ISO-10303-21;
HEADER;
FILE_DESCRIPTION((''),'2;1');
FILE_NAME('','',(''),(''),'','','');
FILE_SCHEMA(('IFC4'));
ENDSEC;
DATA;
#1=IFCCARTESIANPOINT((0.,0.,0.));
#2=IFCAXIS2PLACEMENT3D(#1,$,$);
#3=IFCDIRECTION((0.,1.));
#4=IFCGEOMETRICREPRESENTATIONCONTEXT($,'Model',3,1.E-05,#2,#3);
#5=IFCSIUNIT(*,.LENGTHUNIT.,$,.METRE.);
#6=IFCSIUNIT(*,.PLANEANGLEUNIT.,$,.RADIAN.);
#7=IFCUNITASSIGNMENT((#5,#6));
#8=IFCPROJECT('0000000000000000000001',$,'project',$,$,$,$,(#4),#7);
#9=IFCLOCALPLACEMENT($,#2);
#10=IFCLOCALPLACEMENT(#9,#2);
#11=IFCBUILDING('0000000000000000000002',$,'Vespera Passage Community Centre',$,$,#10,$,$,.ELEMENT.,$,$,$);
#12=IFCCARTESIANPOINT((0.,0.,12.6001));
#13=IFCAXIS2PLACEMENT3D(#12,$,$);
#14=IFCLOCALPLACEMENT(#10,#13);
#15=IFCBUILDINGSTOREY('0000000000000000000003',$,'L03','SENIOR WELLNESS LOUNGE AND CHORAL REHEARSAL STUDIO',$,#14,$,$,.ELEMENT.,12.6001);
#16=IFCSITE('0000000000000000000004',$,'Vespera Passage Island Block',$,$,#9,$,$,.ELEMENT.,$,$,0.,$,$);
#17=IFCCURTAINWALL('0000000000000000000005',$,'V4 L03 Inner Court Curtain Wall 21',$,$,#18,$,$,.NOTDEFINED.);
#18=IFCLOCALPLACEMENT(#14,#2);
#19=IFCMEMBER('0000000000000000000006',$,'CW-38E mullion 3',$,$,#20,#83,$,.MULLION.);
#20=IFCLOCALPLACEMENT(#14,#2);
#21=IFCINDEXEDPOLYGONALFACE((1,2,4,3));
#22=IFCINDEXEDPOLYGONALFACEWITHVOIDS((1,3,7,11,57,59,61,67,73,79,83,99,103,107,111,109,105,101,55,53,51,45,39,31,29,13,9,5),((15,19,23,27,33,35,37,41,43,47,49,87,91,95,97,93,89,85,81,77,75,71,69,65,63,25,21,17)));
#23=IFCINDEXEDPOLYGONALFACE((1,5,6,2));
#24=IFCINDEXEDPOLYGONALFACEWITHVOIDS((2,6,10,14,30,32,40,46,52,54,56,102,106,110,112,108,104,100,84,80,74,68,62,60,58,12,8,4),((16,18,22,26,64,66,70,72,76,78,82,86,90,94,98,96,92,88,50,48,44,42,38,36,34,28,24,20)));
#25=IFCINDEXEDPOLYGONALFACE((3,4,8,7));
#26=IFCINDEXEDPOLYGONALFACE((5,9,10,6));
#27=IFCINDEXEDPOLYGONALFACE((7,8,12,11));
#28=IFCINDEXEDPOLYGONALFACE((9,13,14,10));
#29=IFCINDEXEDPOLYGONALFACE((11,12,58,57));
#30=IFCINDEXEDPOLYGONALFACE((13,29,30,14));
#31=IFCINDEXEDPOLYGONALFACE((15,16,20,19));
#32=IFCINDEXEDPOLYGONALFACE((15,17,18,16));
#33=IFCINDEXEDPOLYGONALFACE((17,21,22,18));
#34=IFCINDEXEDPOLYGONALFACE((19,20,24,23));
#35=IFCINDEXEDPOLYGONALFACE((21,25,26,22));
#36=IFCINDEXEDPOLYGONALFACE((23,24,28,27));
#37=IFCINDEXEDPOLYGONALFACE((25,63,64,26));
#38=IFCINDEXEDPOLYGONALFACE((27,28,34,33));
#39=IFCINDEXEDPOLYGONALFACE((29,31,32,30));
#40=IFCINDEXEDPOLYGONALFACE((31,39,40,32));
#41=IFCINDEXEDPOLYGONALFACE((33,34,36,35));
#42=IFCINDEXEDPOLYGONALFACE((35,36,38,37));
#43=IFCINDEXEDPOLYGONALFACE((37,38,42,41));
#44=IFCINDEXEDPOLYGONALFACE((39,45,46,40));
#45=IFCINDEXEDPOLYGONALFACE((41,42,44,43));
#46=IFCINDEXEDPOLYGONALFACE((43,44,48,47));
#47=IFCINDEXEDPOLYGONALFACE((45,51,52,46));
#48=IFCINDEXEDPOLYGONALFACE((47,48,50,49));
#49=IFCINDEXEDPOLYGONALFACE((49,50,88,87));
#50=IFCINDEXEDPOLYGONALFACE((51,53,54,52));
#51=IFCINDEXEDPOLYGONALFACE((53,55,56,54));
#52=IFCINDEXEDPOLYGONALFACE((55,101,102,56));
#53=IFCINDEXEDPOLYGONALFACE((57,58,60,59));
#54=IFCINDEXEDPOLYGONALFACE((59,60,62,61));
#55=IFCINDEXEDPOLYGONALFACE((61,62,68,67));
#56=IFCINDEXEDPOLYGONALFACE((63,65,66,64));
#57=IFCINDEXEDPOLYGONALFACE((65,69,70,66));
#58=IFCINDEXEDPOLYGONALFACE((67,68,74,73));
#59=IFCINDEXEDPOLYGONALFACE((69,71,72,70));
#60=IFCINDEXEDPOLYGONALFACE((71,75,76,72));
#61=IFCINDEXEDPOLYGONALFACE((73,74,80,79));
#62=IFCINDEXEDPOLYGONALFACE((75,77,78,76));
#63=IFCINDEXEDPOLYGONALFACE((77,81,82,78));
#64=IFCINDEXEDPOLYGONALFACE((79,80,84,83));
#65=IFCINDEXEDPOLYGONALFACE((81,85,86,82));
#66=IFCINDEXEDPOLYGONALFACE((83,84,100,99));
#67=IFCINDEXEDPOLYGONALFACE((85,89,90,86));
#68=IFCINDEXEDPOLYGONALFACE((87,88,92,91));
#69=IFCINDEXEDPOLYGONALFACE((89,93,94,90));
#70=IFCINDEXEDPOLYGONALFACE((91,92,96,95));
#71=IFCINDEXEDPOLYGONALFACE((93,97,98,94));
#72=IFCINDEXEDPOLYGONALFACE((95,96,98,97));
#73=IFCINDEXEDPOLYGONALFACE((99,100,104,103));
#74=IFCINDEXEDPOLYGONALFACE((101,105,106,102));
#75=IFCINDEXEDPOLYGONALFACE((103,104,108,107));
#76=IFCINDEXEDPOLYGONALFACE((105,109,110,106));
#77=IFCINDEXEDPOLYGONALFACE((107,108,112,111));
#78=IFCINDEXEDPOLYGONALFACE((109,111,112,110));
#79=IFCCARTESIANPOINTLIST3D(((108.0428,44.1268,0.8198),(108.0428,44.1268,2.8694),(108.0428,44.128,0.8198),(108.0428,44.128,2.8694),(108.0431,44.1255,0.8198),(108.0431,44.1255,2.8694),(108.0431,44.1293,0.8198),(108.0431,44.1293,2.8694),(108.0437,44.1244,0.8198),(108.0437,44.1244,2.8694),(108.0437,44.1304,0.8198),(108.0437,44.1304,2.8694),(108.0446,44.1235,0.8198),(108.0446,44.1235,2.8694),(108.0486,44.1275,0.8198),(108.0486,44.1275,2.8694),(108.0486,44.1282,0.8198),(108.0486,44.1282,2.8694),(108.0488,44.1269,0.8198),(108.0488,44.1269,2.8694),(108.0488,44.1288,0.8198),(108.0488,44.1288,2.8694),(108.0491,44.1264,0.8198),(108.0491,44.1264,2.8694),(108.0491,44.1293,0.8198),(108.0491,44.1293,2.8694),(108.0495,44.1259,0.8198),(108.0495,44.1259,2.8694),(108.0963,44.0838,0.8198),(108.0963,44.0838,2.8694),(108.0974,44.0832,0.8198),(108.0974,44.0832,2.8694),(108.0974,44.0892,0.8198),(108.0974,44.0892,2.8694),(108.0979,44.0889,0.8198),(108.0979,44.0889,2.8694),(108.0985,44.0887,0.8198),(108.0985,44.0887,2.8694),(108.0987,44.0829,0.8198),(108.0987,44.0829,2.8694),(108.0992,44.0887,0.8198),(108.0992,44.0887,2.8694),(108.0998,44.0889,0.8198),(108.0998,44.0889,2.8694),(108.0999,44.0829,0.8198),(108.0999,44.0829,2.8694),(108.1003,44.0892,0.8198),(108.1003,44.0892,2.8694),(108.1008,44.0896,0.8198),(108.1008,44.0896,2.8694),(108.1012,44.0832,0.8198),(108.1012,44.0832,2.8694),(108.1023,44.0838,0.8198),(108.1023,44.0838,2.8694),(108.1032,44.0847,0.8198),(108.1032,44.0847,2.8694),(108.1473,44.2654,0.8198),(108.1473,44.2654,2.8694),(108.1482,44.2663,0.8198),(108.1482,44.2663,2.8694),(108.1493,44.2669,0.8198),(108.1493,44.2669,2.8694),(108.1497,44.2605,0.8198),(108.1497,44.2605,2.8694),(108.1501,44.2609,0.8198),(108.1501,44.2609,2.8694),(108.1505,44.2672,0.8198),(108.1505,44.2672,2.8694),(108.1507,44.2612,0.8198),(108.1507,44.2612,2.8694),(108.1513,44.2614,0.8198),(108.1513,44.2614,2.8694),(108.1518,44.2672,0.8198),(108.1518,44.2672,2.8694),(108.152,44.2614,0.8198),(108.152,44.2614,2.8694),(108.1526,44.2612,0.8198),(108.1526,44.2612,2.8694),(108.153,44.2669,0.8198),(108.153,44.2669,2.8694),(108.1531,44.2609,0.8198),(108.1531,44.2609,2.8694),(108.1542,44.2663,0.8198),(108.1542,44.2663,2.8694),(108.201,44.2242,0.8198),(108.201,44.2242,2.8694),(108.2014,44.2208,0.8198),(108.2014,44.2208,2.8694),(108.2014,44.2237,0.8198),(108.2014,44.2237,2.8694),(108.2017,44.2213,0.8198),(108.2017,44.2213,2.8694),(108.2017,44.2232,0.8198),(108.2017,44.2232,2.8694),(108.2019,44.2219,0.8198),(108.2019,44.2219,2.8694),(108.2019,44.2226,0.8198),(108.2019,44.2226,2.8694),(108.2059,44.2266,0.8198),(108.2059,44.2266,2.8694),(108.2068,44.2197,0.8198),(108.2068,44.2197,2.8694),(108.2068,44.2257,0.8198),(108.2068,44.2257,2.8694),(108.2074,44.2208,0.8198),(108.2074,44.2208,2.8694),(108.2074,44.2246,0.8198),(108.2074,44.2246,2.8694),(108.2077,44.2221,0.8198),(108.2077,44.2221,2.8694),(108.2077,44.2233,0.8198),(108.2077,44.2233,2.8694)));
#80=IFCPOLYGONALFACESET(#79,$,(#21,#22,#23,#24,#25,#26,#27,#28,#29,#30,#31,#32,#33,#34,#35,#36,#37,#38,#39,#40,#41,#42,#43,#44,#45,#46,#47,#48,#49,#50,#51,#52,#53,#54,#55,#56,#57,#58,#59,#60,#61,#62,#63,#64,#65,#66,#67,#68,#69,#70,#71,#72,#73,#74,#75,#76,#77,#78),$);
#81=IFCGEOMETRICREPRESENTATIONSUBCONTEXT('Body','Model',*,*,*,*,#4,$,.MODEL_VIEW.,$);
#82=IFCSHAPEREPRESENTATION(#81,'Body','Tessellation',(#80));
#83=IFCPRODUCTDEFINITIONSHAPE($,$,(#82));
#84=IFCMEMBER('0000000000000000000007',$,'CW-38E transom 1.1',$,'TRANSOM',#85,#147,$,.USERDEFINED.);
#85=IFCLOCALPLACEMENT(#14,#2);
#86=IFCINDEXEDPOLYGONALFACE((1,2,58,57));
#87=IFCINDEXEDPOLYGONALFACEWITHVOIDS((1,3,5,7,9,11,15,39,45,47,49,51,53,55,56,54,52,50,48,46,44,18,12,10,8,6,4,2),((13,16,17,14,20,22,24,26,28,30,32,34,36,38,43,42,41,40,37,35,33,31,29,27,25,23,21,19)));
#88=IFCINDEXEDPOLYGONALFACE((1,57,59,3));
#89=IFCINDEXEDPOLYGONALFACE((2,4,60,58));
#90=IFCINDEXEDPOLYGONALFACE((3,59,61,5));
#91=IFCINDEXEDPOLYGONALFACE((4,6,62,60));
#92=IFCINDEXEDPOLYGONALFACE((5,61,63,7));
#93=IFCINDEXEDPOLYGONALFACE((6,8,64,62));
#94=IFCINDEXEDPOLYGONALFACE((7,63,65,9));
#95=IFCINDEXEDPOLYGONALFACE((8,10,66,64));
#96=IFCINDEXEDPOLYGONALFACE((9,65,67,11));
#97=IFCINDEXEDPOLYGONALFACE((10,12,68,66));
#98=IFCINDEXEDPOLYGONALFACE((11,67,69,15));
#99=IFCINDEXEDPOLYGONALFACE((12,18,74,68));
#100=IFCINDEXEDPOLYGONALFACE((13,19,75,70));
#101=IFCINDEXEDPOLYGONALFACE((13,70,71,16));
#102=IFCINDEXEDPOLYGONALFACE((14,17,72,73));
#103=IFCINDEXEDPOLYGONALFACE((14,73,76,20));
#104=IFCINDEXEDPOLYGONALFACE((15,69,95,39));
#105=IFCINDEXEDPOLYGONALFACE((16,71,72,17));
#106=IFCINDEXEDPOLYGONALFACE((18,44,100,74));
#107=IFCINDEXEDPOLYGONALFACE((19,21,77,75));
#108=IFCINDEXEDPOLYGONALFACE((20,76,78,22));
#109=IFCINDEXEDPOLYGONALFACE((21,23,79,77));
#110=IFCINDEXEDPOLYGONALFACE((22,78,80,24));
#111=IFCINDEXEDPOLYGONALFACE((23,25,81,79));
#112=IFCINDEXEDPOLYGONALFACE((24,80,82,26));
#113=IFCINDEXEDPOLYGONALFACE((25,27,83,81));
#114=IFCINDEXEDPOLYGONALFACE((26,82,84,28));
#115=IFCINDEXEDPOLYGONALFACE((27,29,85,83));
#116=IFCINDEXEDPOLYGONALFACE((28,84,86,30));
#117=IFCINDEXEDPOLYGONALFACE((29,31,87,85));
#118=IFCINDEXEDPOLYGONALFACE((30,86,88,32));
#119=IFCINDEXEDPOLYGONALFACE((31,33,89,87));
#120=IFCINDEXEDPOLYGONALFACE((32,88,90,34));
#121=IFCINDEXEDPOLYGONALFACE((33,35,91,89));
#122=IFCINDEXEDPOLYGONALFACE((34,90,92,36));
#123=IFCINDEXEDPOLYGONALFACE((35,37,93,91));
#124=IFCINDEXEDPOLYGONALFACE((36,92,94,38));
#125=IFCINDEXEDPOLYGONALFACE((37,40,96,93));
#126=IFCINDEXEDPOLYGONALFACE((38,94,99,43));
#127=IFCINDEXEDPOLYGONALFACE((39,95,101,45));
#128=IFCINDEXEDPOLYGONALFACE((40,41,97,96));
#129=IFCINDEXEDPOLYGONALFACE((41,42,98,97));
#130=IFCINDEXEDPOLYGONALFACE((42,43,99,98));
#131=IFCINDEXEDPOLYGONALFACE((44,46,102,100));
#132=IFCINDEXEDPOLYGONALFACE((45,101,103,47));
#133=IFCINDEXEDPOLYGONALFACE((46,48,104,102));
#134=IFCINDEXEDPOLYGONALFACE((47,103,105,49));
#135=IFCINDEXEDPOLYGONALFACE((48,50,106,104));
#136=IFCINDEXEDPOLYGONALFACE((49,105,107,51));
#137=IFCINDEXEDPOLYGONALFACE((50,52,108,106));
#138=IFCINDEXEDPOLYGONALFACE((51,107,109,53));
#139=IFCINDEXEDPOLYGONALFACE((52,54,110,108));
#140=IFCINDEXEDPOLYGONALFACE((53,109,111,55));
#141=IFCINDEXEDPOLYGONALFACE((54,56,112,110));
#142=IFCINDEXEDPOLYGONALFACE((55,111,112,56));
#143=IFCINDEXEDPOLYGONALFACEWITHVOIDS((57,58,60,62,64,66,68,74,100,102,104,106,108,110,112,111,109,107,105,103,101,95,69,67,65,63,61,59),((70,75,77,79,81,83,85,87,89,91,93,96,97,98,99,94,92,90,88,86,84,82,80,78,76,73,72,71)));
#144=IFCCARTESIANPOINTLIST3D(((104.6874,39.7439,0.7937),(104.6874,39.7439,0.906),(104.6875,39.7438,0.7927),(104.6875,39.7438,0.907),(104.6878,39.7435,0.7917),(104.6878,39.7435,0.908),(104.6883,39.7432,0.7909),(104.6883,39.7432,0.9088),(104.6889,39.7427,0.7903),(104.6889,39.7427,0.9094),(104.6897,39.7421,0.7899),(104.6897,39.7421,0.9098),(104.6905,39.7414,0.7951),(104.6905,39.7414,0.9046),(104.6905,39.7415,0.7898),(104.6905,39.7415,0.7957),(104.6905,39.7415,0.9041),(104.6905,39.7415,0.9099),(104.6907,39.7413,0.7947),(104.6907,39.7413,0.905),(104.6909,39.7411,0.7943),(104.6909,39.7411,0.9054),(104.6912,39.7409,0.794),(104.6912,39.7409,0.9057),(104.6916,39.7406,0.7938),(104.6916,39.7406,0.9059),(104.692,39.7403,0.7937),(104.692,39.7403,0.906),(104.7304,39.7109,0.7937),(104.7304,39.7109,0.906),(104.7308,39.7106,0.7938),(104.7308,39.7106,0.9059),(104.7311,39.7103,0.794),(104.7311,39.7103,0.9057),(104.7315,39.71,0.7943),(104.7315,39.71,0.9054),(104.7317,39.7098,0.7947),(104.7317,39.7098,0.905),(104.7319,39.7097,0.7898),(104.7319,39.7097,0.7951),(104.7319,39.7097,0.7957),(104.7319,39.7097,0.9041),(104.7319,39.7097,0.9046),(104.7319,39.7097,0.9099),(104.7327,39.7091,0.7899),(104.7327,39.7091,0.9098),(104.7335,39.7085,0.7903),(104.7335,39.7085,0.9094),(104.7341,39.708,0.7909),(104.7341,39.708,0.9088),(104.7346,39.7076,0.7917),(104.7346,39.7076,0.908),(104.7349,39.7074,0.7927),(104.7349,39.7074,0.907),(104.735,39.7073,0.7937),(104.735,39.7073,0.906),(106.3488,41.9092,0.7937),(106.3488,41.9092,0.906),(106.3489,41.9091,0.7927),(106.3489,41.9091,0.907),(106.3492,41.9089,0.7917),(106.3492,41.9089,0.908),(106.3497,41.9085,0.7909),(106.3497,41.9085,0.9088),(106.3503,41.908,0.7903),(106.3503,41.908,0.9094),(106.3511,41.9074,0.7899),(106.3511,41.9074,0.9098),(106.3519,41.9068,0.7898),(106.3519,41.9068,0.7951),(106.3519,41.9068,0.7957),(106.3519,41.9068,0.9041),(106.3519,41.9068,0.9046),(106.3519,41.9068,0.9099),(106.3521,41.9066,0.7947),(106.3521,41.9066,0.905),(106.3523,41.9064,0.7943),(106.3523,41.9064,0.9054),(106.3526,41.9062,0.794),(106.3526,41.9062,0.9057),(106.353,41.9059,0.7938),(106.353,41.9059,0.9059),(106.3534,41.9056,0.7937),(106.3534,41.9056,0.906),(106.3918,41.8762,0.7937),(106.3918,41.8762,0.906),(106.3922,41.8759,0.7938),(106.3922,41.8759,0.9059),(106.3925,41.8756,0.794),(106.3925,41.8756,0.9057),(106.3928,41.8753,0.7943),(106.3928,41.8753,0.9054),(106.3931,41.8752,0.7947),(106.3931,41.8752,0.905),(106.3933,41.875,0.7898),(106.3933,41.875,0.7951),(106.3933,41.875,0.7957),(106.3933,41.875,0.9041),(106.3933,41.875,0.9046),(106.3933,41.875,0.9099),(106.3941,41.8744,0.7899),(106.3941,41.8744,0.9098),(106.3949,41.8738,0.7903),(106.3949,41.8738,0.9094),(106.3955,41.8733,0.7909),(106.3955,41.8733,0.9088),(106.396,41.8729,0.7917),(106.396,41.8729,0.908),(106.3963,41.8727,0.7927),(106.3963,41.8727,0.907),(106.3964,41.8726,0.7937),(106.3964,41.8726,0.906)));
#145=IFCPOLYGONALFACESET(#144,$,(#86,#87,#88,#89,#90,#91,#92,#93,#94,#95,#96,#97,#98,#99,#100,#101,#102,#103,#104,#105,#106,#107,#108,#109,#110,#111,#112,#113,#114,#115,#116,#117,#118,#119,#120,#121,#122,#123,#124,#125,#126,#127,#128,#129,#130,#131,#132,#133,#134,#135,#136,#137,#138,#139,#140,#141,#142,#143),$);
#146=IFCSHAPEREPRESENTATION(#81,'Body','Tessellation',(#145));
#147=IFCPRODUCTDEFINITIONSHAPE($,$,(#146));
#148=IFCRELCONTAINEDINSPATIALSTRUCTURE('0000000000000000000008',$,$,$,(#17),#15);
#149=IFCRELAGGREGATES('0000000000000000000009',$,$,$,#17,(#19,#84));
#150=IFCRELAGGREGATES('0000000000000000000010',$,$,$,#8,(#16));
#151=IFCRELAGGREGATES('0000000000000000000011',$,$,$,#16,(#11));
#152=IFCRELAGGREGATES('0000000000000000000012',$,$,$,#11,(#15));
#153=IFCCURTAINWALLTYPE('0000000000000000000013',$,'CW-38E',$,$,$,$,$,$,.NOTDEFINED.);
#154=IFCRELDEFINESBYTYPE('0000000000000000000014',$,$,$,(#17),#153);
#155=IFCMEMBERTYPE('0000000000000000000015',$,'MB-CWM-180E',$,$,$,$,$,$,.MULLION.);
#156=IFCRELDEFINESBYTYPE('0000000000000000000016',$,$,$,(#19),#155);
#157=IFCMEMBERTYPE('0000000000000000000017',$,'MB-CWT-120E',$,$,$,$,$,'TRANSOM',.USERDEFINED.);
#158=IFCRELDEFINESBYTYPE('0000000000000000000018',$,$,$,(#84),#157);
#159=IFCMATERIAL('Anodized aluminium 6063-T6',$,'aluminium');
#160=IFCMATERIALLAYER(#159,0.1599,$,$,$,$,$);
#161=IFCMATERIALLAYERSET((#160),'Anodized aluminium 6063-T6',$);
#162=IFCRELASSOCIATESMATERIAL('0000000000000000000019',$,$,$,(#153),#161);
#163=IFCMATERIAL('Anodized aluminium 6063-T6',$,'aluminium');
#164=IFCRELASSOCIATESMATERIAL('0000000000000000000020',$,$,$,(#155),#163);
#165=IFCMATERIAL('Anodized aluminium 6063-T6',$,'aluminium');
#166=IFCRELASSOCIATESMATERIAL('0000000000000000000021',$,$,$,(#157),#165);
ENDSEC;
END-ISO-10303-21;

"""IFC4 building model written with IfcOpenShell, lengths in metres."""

from ifc_helpers import new_model, si_unit, direction, frame, origin, origin_2d, place, context, subcontext, project, spatial, hollow_rectangle, extrude, material, layer, layer_set, material_profile, profile_set, type_object, element, aggregate, save


model = new_model("IFC4")

# Units and contexts
model_context = context("Model", 3, precision=1e-05, world=origin(), true_north=direction((0.0, 1.0)))
body_context = subcontext(model_context, "Body", "Model", "MODEL_VIEW")
ifc_project = project(units=[si_unit("LENGTHUNIT", "METRE"), si_unit("PLANEANGLEUNIT", "RADIAN")], contexts=[model_context])

# Site, building, storey
site_placement = place(None, origin())
site = spatial("IfcSite", under=ifc_project, at=site_placement, Name="Vespera Passage Island Block", CompositionType="ELEMENT", RefElevation=0.0)
building_placement = place(site_placement, origin())
building = spatial("IfcBuilding", under=site, at=building_placement, Name="Vespera Passage Community Centre", CompositionType="ELEMENT")
storey_placement = place(building_placement, frame((0.0, 0.0, 12.6001)))
storey = spatial("IfcBuildingStorey", under=building, at=storey_placement, Name="L03", Description="SENIOR WELLNESS LOUNGE AND CHORAL REHEARSAL STUDIO", CompositionType="ELEMENT", Elevation=12.6001)

# Curtain wall, members
ifc_material_1 = material(Name="Anodized aluminium 6063-T6", Category="aluminium")
ifc_layer_1 = layer(ifc_material_1, 0.1599)
ifc_layer_set_1 = layer_set([ifc_layer_1], Name="Anodized aluminium 6063-T6")
curtain_wall_type = type_object("IfcCurtainWallType", Name="CW-38E", PredefinedType="NOTDEFINED", material=ifc_layer_set_1)
curtain_wall_placement = place(storey_placement, origin())
curtain_wall = element("IfcCurtainWall", 1, at=curtain_wall_placement, inside=storey, type_object=curtain_wall_type, Name="V4 L03 Inner Court Curtain Wall 21", PredefinedType="NOTDEFINED")
ifc_material_2 = material(Name="Anodized aluminium 6063-T6", Category="aluminium")
ifc_material_profile_1 = material_profile(ifc_material_2, hollow_rectangle(XDim=0.075, YDim=0.1799, WallThickness=0.0049, InnerFilletRadius=0.0024, OuterFilletRadius=0.0049, at=origin_2d()), Name="ALU180X75X5")
ifc_profile_set_1 = profile_set([ifc_material_profile_1], Name="Anodized aluminium 6063-T6")
member_type_1 = type_object("IfcMemberType", Name="MB-CWM-180E", PredefinedType="MULLION", material=ifc_profile_set_1)
member_1_placement = place(storey_placement, frame((108.1252, 44.175, 0.8198), z_axis=(0.0, 0.0, 1.0), x_axis=(-0.793358, 0.608755, 0.0)))
member_1 = element("IfcMember", 2, at=member_1_placement, type_object=member_type_1, Name="CW-38E mullion 3", PredefinedType="MULLION", context=body_context, shape_type="SweptSolid", body=[
    extrude(hollow_rectangle(XDim=0.075, YDim=0.1799, WallThickness=0.0049, InnerFilletRadius=0.0024, OuterFilletRadius=0.0049, at=origin_2d()), origin(), (0.0, 0.0, 1.0), 2.0496),
])
ifc_material_3 = material(Name="Anodized aluminium 6063-T6", Category="aluminium")
ifc_material_profile_2 = material_profile(ifc_material_3, hollow_rectangle(XDim=0.0601, YDim=0.1201, WallThickness=0.0039, InnerFilletRadius=0.002, OuterFilletRadius=0.0039, at=origin_2d()), Name="ALU120X60X4")
ifc_profile_set_2 = profile_set([ifc_material_profile_2], Name="Anodized aluminium 6063-T6")
member_type_2 = type_object("IfcMemberType", Name="MB-CWT-120E", ElementType="TRANSOM", PredefinedType="USERDEFINED", material=ifc_profile_set_2)
member_2_placement = place(storey_placement, frame((104.7112, 39.7256, 0.8499), z_axis=(0.608738, 0.793372, 0.0), x_axis=(-0.793372, 0.608738, 0.0)))
member_2 = element("IfcMember", 3, at=member_2_placement, type_object=member_type_2, Name="CW-38E transom 1.1", ObjectType="TRANSOM", PredefinedType="USERDEFINED", context=body_context, shape_type="SweptSolid", body=[
    extrude(hollow_rectangle(XDim=0.0601, YDim=0.1201, WallThickness=0.0039, InnerFilletRadius=0.002, OuterFilletRadius=0.0039, at=origin_2d()), origin(), (0.0, 0.0, 1.0), 2.7292),
])
aggregate(curtain_wall, [member_1, member_2])

save(model, "model.ifc")
